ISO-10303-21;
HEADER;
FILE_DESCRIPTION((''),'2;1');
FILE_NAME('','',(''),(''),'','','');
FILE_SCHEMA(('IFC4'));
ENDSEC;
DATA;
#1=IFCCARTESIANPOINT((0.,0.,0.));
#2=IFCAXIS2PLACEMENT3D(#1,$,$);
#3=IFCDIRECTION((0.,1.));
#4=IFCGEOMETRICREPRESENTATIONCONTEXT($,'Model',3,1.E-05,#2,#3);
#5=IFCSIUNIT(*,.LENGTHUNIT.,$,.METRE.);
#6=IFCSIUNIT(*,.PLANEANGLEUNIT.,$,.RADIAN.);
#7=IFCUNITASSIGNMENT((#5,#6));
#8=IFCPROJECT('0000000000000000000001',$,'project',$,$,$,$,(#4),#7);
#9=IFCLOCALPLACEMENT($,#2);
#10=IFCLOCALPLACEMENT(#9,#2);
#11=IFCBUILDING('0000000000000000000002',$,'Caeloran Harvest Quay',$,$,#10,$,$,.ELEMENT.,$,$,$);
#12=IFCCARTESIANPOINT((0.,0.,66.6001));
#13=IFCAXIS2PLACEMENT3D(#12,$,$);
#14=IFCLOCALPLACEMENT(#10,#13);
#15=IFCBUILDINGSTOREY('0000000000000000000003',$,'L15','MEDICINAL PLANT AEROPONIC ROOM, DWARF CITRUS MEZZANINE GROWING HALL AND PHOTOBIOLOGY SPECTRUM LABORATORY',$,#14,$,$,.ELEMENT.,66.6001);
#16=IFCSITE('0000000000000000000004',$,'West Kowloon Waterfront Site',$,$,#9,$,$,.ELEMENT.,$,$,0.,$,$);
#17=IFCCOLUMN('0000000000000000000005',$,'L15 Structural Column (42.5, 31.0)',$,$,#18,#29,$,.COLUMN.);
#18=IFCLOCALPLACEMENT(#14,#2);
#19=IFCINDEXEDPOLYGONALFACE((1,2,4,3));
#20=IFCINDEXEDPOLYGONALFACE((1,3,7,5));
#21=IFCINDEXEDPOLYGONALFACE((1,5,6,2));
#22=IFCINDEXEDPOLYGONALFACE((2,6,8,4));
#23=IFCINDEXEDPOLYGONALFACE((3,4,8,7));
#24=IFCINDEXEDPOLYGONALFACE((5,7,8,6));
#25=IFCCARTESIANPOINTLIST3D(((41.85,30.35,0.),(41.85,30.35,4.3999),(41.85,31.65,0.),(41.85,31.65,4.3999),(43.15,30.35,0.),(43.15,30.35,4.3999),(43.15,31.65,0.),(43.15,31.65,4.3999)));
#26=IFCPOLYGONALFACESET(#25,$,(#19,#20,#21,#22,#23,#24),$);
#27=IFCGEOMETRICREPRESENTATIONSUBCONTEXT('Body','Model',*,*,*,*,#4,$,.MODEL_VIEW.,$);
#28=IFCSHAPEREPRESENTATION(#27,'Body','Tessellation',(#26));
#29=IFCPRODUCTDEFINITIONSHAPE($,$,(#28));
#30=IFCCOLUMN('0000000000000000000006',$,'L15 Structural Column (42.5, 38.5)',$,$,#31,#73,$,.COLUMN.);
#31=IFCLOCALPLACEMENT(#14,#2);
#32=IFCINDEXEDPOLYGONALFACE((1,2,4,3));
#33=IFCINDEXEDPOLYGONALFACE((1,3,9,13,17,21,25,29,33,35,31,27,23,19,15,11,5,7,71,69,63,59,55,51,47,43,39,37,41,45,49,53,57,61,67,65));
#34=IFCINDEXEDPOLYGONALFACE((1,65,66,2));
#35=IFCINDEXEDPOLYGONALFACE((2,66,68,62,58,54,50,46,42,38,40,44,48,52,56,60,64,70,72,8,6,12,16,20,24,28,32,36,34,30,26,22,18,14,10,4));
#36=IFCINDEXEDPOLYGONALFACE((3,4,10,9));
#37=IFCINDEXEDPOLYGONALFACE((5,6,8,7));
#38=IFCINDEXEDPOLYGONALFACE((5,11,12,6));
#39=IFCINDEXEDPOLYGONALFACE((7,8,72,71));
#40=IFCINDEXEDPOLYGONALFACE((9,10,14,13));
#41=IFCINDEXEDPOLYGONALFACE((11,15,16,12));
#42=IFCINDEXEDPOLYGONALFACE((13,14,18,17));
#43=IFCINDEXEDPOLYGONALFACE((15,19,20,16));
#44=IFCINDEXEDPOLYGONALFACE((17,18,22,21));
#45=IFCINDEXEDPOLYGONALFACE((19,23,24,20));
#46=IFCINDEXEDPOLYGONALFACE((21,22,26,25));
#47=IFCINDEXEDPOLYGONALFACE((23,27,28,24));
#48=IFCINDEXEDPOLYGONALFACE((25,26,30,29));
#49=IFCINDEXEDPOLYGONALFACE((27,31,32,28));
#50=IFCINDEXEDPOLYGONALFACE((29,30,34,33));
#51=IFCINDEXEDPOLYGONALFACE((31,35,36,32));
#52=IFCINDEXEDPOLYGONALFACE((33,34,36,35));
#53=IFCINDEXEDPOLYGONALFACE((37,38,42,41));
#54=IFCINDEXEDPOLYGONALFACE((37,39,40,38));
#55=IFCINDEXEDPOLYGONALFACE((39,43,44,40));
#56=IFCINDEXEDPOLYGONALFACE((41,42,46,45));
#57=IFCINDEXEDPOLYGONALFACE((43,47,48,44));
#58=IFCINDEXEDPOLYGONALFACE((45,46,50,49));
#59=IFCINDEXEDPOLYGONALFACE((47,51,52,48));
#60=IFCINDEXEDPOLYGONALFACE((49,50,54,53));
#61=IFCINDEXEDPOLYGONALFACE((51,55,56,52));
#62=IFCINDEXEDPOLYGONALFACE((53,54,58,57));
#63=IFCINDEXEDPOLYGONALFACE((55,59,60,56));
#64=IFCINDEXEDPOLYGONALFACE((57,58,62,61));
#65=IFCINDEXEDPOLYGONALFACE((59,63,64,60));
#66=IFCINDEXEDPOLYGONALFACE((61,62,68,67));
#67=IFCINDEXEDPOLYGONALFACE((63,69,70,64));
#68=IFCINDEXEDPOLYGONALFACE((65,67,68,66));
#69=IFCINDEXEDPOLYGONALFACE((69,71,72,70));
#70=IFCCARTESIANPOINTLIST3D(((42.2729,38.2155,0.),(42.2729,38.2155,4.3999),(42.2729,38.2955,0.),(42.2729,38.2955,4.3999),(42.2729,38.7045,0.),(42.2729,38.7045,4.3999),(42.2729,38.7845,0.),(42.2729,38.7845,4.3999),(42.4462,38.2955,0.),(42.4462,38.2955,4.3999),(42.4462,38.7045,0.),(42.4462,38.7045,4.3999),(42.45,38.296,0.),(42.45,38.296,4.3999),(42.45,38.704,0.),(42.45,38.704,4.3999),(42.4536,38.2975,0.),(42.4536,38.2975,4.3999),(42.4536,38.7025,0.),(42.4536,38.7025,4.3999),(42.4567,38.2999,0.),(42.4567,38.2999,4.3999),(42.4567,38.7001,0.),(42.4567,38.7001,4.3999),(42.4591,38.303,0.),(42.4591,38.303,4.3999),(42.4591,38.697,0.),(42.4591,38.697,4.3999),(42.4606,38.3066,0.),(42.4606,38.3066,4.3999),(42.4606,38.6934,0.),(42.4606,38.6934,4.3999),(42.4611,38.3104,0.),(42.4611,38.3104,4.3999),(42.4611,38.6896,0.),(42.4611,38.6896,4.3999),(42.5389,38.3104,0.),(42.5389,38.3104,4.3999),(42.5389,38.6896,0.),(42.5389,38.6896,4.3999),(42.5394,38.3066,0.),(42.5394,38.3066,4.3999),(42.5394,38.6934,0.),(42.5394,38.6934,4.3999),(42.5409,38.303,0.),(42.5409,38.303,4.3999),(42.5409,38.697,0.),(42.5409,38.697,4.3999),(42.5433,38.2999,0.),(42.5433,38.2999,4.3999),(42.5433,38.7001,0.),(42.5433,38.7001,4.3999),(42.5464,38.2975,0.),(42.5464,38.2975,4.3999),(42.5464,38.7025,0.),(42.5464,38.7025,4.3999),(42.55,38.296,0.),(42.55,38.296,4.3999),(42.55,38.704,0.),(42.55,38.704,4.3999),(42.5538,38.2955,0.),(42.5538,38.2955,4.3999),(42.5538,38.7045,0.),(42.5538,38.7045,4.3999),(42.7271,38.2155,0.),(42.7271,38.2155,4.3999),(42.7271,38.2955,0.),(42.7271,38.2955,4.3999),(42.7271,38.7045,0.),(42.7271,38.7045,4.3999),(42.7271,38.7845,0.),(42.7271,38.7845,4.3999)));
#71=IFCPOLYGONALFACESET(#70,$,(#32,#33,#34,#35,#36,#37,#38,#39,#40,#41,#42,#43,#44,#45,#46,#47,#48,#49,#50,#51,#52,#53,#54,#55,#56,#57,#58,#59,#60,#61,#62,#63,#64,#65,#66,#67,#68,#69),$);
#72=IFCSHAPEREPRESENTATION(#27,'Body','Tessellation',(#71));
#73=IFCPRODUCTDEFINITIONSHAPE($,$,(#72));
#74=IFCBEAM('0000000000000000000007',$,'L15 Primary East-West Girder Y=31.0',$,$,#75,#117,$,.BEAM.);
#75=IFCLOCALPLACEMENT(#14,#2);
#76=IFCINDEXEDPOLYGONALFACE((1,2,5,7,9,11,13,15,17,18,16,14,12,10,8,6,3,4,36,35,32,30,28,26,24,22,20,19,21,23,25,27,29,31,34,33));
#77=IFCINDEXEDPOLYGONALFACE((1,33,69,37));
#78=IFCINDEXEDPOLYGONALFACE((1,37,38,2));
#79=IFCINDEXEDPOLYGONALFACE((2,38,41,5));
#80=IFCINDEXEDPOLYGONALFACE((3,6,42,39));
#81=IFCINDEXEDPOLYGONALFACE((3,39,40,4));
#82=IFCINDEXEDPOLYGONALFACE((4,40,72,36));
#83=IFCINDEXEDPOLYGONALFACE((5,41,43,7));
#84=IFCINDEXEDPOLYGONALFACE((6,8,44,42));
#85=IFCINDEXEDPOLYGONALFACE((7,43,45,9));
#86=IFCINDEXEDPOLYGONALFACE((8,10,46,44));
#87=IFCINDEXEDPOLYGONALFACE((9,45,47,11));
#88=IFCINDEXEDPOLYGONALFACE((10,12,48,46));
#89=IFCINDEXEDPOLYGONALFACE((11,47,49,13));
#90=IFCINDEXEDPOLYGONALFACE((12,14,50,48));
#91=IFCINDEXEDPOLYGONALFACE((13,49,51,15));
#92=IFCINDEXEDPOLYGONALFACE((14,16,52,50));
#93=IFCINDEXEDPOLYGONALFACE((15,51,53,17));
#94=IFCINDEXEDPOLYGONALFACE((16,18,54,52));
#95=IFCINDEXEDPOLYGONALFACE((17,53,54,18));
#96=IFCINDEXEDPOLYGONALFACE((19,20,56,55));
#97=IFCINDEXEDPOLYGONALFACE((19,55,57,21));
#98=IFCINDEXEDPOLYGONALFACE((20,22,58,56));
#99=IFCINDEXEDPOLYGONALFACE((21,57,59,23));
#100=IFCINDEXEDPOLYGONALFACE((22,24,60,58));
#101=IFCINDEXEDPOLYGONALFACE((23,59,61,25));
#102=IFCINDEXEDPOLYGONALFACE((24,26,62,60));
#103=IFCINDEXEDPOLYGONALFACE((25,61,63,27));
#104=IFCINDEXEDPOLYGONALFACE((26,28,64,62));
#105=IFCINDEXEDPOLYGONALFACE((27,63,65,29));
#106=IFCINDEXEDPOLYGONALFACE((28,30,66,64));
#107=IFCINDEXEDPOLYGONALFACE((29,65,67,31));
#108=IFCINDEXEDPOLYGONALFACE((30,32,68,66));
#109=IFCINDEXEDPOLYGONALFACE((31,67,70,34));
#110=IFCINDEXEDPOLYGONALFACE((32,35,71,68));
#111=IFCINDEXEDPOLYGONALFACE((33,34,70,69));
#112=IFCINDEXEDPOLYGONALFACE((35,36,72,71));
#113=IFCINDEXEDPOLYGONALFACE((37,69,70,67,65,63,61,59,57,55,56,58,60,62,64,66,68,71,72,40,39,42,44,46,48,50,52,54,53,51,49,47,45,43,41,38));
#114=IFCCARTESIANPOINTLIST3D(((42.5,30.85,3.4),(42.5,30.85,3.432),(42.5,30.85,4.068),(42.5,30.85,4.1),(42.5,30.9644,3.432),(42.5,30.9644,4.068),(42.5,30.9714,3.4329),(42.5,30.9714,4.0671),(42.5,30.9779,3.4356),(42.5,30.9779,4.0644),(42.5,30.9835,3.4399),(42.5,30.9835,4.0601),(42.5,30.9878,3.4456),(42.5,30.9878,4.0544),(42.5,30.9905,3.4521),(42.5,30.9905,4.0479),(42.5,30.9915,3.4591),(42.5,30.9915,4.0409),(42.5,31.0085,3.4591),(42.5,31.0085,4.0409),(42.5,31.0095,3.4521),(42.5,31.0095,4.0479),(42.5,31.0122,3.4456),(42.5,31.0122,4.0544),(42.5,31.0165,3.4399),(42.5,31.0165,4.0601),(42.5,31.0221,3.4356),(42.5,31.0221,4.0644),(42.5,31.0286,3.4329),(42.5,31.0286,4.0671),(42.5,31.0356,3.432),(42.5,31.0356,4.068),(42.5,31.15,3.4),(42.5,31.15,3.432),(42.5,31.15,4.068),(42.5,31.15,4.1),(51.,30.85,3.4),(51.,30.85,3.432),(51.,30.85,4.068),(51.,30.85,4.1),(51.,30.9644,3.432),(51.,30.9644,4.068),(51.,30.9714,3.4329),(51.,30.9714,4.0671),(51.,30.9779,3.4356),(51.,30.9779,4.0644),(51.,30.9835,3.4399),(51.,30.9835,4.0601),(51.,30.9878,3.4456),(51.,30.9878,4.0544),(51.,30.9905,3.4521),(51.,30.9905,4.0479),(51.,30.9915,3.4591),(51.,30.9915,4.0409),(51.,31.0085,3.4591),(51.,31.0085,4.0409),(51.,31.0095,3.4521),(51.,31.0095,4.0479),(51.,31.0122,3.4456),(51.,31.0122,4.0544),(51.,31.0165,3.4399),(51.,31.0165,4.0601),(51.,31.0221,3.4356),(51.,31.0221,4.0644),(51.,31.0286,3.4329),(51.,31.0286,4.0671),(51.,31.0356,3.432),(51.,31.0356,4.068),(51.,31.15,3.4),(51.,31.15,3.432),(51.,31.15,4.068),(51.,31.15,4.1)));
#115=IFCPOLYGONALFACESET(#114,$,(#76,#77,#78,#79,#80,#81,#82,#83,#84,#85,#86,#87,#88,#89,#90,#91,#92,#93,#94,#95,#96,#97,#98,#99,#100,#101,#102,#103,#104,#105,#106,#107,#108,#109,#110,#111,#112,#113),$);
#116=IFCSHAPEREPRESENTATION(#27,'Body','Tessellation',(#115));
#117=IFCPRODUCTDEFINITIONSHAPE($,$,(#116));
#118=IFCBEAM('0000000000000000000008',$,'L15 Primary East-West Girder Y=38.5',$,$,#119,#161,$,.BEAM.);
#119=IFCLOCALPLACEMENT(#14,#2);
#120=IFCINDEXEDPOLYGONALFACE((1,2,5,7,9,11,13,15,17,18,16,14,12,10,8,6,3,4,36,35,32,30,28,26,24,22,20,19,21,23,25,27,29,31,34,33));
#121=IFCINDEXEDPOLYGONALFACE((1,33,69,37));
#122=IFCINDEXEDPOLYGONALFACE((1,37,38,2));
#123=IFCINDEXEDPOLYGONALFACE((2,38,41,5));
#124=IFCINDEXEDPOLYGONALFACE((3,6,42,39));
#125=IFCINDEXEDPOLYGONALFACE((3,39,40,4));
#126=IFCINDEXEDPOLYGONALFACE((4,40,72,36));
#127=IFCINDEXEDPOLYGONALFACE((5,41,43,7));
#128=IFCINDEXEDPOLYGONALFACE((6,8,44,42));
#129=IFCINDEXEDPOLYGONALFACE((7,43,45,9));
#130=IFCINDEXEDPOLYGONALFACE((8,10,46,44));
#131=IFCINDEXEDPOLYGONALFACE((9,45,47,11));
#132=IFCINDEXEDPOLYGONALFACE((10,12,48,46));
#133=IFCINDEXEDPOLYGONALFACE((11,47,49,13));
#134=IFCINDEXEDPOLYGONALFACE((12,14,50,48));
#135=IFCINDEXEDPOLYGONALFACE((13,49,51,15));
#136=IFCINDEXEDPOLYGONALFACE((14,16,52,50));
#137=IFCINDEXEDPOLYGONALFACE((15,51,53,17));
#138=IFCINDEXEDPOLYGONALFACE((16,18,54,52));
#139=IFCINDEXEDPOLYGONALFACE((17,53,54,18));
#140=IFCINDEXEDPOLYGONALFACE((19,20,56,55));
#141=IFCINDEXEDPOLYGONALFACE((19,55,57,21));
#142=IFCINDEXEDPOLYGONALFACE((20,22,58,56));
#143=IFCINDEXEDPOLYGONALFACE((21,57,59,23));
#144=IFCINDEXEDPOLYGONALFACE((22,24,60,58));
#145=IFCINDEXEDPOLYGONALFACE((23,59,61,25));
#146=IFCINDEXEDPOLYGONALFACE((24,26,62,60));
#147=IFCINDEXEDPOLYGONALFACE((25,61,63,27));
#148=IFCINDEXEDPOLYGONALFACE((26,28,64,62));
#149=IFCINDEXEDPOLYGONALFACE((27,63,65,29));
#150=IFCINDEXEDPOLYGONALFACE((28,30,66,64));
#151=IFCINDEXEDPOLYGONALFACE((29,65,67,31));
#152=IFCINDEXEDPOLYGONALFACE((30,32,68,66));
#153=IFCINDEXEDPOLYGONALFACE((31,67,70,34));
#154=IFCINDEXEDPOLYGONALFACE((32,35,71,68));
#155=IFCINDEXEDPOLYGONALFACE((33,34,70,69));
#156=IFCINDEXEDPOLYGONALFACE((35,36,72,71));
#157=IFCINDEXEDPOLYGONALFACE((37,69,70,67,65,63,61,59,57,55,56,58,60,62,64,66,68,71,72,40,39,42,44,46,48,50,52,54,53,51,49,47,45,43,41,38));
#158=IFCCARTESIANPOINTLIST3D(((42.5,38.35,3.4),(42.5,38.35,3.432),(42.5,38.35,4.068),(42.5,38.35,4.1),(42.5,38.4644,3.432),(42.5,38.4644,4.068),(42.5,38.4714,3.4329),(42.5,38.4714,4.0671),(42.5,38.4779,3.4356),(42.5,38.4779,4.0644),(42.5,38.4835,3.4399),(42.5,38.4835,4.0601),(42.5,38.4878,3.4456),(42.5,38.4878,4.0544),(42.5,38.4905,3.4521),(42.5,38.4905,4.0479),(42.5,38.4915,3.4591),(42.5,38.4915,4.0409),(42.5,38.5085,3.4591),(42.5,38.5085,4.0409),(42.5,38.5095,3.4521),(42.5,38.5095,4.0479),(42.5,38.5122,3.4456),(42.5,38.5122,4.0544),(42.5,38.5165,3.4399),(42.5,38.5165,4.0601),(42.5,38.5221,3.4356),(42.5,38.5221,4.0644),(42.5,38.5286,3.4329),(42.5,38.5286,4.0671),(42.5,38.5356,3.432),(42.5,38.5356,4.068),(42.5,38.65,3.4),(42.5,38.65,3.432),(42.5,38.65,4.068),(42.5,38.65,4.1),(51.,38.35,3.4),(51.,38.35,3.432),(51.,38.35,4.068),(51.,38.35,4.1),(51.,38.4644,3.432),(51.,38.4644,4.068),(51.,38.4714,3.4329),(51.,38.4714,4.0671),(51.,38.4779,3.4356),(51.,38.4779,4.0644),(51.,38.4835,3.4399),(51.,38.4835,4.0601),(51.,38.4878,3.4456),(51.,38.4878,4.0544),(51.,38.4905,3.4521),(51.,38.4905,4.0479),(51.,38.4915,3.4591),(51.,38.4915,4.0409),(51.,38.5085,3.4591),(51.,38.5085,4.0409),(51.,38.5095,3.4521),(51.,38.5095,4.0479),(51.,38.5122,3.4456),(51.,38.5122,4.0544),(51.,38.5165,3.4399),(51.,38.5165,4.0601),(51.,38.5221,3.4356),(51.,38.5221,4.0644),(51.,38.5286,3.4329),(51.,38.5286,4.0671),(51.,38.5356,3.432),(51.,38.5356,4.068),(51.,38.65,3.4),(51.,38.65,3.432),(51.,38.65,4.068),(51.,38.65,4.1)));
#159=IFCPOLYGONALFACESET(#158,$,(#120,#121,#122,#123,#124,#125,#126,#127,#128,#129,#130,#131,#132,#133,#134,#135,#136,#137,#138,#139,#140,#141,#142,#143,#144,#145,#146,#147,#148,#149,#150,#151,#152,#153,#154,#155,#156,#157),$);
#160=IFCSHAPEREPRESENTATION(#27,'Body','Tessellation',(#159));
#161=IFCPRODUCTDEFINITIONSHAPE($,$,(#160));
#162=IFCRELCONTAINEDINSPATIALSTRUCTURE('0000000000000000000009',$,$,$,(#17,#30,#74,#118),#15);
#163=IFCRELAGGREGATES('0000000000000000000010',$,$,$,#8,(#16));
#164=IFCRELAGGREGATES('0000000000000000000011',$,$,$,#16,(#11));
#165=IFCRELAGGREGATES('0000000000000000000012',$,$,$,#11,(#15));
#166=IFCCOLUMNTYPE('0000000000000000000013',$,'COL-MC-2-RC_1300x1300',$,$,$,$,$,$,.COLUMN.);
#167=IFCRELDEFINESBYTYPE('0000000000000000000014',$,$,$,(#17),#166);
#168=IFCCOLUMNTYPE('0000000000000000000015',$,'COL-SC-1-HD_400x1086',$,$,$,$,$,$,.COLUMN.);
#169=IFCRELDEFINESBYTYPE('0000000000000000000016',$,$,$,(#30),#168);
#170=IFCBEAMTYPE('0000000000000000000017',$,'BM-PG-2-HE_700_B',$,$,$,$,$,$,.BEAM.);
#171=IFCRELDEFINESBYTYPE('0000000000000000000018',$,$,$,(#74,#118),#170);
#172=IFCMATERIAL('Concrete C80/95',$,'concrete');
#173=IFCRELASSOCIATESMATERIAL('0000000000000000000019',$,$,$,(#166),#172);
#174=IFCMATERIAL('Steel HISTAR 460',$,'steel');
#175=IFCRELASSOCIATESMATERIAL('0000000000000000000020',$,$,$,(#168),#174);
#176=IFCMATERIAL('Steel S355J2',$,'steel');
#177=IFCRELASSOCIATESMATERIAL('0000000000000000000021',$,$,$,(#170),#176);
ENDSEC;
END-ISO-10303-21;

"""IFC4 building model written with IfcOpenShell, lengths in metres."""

from ifc_helpers import new_model, si_unit, direction, frame, origin, origin_2d, place, context, subcontext, project, spatial, rectangle, i_section, extrude, material, material_profile, profile_set, type_object, element, save


model = new_model("IFC4")

# Units and contexts
model_context = context("Model", 3, precision=1e-05, world=origin(), true_north=direction((0.0, 1.0)))
body_context = subcontext(model_context, "Body", "Model", "MODEL_VIEW")
ifc_project = project(units=[si_unit("LENGTHUNIT", "METRE"), si_unit("PLANEANGLEUNIT", "RADIAN")], contexts=[model_context])

# Site, building, storey
site_placement = place(None, origin())
site = spatial("IfcSite", under=ifc_project, at=site_placement, Name="West Kowloon Waterfront Site", CompositionType="ELEMENT", RefElevation=0.0)
building_placement = place(site_placement, origin())
building = spatial("IfcBuilding", under=site, at=building_placement, Name="Caeloran Harvest Quay", CompositionType="ELEMENT")
storey_placement = place(building_placement, frame((0.0, 0.0, 66.6001)))
storey = spatial("IfcBuildingStorey", under=building, at=storey_placement, Name="L15", Description="MEDICINAL PLANT AEROPONIC ROOM, DWARF CITRUS MEZZANINE GROWING HALL AND PHOTOBIOLOGY SPECTRUM LABORATORY", CompositionType="ELEMENT", Elevation=66.6001)

# Columns
ifc_material_1 = material(Name="Concrete C80/95", Category="concrete")
ifc_material_profile_1 = material_profile(ifc_material_1, rectangle(XDim=1.3, YDim=1.3, at=origin_2d()), Name="RC 1300x1300")
ifc_profile_set_1 = profile_set([ifc_material_profile_1], Name="Concrete C80/95")
column_type_1 = type_object("IfcColumnType", Name="COL-MC-2-RC_1300x1300", PredefinedType="COLUMN", material=ifc_profile_set_1)
column_1_placement = place(storey_placement, frame((42.5, 31.0, 0.0), z_axis=(0.0, 0.0, 1.0), x_axis=(1.0, 0.0, 0.0)))
element("IfcColumn", 1, at=column_1_placement, inside=storey, type_object=column_type_1, Name="L15 Structural Column (42.5, 31.0)", PredefinedType="COLUMN", context=body_context, shape_type="SweptSolid", body=[
    extrude(rectangle(XDim=1.3, YDim=1.3, at=origin_2d()), origin(), (0.0, 0.0, 1.0), 4.3999),
])
ifc_material_2 = material(Name="Steel HISTAR 460", Category="steel")
ifc_material_profile_2 = material_profile(ifc_material_2, i_section(OverallWidth=0.4541, OverallDepth=0.5691, WebThickness=0.0779, FlangeThickness=0.0801, FilletRadius=0.0149, at=origin_2d()), Name="HD 400x1086")
ifc_profile_set_2 = profile_set([ifc_material_profile_2], Name="Steel HISTAR 460")
column_type_2 = type_object("IfcColumnType", Name="COL-SC-1-HD_400x1086", PredefinedType="COLUMN", material=ifc_profile_set_2)
column_2_placement = place(storey_placement, frame((42.5, 38.5, 0.0), z_axis=(0.0, 0.0, 1.0), x_axis=(1.0, 0.0, 0.0)))
element("IfcColumn", 2, at=column_2_placement, inside=storey, type_object=column_type_2, Name="L15 Structural Column (42.5, 38.5)", PredefinedType="COLUMN", context=body_context, shape_type="SweptSolid", body=[
    extrude(i_section(OverallWidth=0.4541, OverallDepth=0.5691, WebThickness=0.0779, FlangeThickness=0.0801, FilletRadius=0.0149, at=origin_2d()), origin(), (0.0, 0.0, 1.0), 4.3999),
])

# Beams
ifc_material_3 = material(Name="Steel S355J2", Category="steel")
ifc_material_profile_3 = material_profile(ifc_material_3, i_section(OverallWidth=0.3, OverallDepth=0.7, WebThickness=0.0171, FlangeThickness=0.032, FilletRadius=0.0271, at=origin_2d()), Name="HE 700 B")
ifc_profile_set_3 = profile_set([ifc_material_profile_3], Name="Steel S355J2")
beam_type_1 = type_object("IfcBeamType", Name="BM-PG-2-HE_700_B", PredefinedType="BEAM", material=ifc_profile_set_3)
for number, where, z_axis, x_axis, name in (
    (3, (42.5, 31.0, 3.75), (1.0, 0.0, 0.0), (0.0, 1.0, 0.0), "L15 Primary East-West Girder Y=31.0"),
    (4, (42.5, 38.5, 3.75), (1.0, 0.0, 0.0), (0.0, 1.0, 0.0), "L15 Primary East-West Girder Y=38.5"),
):
    element("IfcBeam", number, at=place(storey_placement, frame(where, z_axis=z_axis, x_axis=x_axis)), inside=storey, type_object=beam_type_1, Name=name, PredefinedType="BEAM", context=body_context, shape_type="SweptSolid", body=[
        extrude(i_section(OverallWidth=0.3, OverallDepth=0.7, WebThickness=0.0171, FlangeThickness=0.032, FilletRadius=0.0271, at=origin_2d()), origin(), (0.0, 0.0, 1.0), 8.5),
    ])

save(model, "model.ifc")
